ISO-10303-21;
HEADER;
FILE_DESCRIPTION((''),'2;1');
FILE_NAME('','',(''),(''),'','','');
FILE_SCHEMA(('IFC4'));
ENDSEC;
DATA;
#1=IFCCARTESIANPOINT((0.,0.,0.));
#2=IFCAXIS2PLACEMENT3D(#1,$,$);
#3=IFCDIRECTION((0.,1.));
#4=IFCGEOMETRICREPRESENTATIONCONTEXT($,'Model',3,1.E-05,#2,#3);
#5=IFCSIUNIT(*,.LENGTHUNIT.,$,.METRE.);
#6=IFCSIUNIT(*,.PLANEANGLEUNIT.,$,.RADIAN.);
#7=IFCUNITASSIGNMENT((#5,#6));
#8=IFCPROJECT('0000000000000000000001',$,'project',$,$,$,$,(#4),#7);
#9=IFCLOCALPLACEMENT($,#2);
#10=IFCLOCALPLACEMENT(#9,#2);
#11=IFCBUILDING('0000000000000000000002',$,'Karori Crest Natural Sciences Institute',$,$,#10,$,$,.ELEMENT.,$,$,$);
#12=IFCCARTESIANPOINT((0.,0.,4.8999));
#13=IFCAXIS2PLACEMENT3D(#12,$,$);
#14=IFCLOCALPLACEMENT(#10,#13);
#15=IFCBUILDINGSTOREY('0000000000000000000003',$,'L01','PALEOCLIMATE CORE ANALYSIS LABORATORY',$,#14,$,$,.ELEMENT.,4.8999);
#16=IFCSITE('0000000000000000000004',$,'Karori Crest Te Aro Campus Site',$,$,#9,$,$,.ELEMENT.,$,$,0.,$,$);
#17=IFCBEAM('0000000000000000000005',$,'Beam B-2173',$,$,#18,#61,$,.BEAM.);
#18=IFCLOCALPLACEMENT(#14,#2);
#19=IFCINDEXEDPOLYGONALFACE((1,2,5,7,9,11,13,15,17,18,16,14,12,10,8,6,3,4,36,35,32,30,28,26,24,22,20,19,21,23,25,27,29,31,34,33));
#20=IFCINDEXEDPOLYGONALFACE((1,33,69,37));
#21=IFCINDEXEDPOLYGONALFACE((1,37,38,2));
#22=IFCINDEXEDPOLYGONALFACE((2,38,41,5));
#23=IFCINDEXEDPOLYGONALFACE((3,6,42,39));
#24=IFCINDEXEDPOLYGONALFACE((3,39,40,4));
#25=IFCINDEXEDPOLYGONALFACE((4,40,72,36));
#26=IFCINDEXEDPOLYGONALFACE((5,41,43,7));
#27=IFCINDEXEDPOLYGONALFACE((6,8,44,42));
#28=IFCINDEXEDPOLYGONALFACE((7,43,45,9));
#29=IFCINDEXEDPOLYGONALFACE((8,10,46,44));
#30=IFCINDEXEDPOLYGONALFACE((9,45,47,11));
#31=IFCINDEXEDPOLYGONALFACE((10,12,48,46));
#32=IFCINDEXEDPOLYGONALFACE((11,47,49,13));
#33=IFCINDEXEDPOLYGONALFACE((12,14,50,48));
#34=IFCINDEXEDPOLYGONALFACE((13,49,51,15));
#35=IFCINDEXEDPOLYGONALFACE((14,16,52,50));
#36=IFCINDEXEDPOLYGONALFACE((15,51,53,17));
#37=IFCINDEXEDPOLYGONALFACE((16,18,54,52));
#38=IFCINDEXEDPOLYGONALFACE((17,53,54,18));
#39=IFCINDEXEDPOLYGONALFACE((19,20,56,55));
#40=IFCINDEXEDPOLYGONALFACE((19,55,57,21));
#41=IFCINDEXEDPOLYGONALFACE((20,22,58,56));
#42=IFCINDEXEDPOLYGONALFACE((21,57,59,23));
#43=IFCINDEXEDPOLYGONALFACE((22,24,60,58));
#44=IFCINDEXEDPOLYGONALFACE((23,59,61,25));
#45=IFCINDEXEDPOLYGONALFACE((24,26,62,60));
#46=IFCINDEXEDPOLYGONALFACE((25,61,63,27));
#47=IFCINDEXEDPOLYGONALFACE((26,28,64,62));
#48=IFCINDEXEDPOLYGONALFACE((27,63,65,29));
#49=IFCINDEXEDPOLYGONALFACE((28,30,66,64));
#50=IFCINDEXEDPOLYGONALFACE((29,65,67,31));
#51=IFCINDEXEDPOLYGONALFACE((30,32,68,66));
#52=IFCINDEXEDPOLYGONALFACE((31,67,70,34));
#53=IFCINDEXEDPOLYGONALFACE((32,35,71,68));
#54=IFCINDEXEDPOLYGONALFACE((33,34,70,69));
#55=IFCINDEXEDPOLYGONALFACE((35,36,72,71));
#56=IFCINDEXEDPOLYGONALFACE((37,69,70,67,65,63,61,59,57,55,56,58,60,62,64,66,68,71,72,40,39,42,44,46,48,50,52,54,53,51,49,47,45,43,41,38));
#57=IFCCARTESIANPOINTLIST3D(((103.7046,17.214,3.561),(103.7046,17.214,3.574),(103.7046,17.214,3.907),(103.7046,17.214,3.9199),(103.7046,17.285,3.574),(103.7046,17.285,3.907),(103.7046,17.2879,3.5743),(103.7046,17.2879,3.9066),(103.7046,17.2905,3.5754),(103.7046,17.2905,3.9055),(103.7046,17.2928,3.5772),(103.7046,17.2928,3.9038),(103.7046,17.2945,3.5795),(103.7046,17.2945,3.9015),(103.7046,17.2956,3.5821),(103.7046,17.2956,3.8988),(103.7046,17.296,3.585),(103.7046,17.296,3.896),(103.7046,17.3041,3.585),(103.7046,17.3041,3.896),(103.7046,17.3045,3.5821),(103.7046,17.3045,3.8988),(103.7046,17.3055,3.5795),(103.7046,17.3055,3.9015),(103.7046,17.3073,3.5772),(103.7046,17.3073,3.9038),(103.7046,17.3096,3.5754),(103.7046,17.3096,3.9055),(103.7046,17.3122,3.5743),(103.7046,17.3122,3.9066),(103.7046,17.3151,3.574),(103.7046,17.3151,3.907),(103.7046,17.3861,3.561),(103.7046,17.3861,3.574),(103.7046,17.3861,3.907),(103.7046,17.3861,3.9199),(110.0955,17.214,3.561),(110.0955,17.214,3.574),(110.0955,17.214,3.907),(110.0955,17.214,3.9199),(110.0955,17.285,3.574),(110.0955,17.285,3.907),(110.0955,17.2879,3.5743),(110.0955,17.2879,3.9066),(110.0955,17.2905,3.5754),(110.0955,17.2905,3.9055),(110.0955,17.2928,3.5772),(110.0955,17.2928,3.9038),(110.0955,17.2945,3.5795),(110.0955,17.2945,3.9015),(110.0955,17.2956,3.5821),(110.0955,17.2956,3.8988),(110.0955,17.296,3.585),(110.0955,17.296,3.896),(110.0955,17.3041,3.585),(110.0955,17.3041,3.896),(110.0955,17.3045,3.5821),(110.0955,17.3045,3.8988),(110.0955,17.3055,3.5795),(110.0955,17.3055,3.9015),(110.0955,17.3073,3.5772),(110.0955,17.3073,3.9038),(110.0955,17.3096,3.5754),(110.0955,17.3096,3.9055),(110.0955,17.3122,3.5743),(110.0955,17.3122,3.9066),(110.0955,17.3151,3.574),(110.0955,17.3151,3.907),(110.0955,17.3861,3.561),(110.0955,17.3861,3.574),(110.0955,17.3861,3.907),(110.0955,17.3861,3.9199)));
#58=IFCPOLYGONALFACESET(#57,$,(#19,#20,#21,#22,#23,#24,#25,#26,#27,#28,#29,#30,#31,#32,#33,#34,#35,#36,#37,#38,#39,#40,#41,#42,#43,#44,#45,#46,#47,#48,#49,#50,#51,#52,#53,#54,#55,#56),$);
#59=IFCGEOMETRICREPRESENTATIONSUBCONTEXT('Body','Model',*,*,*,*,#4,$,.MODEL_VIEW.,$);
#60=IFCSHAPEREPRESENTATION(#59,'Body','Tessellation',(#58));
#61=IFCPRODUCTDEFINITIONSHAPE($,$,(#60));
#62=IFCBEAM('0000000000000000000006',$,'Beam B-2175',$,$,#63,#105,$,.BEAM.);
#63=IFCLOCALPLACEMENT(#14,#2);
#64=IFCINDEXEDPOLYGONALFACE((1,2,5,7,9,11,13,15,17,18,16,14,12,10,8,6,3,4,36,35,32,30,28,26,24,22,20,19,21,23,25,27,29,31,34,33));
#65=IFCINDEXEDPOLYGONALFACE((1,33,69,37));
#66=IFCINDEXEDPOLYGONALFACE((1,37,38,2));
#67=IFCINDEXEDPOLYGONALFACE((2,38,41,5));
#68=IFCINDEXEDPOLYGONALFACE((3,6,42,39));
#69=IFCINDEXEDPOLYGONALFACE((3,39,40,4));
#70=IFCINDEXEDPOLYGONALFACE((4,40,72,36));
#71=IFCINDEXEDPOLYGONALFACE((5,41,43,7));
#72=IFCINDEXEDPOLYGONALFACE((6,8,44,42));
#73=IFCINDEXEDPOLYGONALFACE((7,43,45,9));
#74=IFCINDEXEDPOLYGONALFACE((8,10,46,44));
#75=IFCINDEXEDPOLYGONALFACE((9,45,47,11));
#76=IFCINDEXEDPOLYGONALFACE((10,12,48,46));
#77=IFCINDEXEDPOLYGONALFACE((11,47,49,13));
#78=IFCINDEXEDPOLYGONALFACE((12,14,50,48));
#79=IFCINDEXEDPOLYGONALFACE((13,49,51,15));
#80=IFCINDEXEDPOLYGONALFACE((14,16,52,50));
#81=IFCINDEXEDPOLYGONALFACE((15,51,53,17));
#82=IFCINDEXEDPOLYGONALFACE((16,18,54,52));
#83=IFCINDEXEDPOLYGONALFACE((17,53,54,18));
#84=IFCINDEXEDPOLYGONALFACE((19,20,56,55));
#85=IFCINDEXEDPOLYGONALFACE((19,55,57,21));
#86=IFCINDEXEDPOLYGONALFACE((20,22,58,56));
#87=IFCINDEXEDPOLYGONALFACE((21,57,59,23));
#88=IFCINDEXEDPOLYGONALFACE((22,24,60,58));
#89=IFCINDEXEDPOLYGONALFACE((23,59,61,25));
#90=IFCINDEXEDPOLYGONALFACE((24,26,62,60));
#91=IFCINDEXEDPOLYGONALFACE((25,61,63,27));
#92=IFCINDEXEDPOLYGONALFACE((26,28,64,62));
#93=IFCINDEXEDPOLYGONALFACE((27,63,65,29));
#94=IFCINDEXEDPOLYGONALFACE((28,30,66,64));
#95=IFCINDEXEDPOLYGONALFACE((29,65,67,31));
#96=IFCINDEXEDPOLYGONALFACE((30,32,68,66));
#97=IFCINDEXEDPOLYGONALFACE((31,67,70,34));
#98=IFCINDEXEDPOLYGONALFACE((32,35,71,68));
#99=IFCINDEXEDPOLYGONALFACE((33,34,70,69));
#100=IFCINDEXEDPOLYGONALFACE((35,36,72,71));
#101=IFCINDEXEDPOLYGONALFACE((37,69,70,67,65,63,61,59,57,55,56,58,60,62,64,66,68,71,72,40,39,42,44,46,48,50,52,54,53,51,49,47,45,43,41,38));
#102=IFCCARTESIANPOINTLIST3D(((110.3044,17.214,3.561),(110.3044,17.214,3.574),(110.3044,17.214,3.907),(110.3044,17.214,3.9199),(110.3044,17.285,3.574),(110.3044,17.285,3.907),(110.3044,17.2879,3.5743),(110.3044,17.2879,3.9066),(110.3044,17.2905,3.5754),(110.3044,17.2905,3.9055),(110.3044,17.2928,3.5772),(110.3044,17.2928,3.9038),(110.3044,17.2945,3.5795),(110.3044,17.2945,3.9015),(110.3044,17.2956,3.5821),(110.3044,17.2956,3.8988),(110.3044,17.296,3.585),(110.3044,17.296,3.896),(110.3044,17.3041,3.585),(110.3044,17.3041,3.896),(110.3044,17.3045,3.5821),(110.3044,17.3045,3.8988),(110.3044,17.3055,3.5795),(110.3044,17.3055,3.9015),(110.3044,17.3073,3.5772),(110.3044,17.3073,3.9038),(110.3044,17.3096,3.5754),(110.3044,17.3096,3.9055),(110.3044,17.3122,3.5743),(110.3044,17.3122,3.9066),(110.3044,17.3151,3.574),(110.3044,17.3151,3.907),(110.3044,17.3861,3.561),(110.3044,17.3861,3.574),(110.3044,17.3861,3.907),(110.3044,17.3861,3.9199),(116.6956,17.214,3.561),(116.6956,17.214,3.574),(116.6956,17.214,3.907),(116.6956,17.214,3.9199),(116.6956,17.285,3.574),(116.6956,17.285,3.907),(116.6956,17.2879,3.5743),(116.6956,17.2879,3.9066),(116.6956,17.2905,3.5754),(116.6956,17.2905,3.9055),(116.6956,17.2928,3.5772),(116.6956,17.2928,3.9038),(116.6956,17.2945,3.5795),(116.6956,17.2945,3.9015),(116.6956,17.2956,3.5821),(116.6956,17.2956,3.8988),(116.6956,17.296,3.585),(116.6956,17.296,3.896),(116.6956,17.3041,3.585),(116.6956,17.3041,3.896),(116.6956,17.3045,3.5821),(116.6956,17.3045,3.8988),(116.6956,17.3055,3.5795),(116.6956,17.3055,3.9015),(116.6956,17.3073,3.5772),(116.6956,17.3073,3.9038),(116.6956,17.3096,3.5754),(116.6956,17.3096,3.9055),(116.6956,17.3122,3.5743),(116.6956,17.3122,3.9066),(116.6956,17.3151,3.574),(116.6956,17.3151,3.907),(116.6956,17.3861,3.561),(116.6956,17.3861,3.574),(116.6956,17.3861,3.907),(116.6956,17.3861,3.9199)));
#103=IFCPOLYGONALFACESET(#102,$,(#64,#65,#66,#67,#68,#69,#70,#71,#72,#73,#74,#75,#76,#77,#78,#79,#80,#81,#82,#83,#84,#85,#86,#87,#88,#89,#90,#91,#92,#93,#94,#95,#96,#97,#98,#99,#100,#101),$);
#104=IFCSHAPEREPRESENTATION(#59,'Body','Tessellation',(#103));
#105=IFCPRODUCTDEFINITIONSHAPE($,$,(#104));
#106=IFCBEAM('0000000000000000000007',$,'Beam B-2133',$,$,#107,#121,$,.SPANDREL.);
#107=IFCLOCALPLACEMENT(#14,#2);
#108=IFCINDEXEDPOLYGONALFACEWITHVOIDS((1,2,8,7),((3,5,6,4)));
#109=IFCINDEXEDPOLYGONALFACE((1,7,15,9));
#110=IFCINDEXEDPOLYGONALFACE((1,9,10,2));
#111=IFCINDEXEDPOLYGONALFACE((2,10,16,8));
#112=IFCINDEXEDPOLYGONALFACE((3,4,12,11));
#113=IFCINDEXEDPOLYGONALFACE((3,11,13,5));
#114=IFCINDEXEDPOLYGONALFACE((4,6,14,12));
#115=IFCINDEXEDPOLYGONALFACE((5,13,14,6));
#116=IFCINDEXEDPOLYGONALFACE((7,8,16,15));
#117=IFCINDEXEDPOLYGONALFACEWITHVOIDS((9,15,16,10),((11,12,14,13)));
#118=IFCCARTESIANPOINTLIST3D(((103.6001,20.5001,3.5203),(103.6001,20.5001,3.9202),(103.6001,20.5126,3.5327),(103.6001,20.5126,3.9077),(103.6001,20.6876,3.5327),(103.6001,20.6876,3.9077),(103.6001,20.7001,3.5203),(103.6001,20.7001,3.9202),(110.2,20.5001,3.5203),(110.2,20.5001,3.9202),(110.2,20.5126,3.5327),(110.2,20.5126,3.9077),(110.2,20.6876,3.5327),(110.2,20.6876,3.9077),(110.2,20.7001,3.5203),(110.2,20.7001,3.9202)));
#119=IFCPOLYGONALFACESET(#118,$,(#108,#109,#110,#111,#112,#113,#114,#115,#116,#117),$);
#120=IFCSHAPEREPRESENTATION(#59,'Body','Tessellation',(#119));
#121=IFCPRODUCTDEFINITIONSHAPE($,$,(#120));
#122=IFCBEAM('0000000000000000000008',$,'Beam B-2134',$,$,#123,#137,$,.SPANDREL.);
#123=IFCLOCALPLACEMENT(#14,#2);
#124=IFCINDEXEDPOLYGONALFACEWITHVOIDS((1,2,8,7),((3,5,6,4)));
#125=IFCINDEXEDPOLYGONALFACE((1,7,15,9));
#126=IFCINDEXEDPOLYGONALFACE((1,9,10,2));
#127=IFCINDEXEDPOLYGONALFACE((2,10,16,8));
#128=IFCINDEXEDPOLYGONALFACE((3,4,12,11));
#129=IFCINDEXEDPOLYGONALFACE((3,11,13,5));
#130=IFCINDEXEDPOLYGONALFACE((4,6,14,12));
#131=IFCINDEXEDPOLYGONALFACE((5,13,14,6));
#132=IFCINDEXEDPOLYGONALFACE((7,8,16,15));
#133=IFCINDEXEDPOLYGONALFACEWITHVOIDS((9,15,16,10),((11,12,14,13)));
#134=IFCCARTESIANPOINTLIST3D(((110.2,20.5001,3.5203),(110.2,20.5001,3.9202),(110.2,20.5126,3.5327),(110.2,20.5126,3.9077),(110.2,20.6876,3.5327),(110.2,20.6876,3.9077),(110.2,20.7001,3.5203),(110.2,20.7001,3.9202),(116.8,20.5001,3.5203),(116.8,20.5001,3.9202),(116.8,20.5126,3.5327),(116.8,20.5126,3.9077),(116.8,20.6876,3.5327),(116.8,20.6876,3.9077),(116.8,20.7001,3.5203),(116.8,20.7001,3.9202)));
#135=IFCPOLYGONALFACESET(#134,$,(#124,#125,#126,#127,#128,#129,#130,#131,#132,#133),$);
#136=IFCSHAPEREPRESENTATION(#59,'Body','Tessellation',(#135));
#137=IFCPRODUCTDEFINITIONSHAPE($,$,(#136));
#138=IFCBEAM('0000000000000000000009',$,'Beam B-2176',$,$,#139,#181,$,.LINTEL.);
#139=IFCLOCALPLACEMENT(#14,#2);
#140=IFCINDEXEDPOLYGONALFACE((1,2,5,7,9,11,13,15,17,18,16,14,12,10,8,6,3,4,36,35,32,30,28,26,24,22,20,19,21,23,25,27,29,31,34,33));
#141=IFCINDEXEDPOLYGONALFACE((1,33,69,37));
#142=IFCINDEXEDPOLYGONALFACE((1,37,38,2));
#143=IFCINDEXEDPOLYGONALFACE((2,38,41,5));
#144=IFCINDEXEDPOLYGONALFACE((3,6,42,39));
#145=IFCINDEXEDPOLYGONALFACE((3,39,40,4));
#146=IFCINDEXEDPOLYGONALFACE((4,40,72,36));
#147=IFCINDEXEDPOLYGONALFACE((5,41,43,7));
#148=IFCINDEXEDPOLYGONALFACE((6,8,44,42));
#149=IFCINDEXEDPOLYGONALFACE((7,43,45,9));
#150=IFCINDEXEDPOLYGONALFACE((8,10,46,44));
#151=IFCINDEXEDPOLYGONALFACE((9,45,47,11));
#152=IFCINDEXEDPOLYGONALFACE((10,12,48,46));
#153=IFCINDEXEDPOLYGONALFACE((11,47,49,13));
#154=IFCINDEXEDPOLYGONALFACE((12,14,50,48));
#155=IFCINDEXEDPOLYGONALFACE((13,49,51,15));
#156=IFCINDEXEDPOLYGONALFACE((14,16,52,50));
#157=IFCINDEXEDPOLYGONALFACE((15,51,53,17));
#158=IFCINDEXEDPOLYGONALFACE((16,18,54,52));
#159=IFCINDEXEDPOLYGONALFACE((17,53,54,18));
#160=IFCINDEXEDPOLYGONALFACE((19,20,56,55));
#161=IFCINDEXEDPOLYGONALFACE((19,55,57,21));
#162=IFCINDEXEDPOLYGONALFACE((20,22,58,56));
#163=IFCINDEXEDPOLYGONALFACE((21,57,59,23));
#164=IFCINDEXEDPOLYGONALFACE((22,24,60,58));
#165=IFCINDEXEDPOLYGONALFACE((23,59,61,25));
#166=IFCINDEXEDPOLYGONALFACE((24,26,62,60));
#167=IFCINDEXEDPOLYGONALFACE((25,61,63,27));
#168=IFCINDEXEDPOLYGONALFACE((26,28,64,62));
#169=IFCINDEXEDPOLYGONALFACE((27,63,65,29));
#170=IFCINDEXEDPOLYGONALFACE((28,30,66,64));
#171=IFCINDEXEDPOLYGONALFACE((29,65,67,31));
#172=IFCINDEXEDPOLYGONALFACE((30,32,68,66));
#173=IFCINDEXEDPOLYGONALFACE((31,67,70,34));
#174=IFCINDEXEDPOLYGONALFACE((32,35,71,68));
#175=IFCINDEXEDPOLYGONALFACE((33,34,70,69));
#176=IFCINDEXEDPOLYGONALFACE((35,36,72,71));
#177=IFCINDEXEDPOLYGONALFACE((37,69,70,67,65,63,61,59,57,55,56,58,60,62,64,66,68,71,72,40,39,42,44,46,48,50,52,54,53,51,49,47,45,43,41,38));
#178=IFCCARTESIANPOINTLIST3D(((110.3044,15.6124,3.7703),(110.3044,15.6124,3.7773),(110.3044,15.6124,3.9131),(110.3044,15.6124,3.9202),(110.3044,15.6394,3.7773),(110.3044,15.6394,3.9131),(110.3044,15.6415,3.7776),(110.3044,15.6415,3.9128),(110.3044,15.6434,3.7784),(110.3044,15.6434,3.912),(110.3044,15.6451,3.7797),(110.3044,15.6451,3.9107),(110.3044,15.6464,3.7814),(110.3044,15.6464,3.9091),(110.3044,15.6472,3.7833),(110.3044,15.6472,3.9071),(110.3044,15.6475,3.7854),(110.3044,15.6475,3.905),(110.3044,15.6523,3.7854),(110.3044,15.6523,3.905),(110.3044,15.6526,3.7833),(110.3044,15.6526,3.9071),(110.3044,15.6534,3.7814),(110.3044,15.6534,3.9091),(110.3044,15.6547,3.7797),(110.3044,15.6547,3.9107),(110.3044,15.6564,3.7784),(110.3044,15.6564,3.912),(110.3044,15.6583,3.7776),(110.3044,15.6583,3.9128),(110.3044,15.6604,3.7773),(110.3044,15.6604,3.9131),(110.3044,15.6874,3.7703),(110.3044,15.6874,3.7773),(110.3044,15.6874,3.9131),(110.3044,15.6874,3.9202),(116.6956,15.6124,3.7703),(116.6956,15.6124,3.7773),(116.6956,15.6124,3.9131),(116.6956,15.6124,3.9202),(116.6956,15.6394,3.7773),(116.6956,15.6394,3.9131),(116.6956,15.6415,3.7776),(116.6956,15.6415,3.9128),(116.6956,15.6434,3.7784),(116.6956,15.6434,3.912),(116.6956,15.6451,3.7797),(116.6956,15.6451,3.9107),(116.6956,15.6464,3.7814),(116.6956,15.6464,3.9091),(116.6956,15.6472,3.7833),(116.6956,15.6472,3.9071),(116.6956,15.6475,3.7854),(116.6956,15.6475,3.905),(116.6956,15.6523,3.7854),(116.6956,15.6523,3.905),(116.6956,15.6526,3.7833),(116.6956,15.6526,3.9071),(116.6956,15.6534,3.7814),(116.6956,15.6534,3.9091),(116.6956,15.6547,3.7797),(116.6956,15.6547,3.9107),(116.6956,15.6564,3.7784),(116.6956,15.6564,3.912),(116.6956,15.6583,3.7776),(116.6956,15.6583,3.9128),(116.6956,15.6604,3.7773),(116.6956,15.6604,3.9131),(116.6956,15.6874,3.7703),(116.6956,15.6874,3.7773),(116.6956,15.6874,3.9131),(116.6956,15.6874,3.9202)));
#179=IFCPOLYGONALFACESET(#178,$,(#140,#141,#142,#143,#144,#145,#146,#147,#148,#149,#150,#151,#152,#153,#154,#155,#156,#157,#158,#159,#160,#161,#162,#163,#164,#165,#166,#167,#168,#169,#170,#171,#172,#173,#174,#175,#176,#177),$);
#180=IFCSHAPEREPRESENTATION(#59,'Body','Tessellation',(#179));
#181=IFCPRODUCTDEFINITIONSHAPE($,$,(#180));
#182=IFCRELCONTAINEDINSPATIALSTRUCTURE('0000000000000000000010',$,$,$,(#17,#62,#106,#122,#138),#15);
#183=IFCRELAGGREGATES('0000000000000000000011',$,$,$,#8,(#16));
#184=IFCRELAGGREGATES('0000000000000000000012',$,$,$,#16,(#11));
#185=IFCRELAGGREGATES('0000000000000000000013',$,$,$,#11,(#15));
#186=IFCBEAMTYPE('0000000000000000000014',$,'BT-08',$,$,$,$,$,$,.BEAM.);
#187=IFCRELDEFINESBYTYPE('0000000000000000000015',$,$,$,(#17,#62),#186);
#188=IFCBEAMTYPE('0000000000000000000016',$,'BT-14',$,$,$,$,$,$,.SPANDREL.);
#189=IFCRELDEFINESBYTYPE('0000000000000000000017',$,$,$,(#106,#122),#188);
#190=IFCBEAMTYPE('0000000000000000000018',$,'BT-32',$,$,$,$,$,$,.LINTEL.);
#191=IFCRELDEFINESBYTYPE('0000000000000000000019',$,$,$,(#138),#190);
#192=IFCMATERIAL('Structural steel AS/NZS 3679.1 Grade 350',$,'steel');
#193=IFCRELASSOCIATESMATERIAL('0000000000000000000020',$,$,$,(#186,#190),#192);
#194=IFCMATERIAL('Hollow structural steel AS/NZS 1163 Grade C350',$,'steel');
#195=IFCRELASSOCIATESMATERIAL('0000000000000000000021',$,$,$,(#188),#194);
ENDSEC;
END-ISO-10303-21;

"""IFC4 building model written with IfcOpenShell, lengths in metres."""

from ifc_helpers import new_model, si_unit, direction, frame, origin, origin_2d, place, context, subcontext, project, spatial, hollow_rectangle, i_section, extrude, material, material_profile, profile_set, type_object, element, save


model = new_model("IFC4")

# Units and contexts
model_context = context("Model", 3, precision=1e-05, world=origin(), true_north=direction((0.0, 1.0)))
body_context = subcontext(model_context, "Body", "Model", "MODEL_VIEW")
ifc_project = project(units=[si_unit("LENGTHUNIT", "METRE"), si_unit("PLANEANGLEUNIT", "RADIAN")], contexts=[model_context])

# Site, building, storey
site_placement = place(None, origin())
site = spatial("IfcSite", under=ifc_project, at=site_placement, Name="Karori Crest Te Aro Campus Site", CompositionType="ELEMENT", RefElevation=0.0)
building_placement = place(site_placement, origin())
building = spatial("IfcBuilding", under=site, at=building_placement, Name="Karori Crest Natural Sciences Institute", CompositionType="ELEMENT")
storey_placement = place(building_placement, frame((0.0, 0.0, 4.8999)))
storey = spatial("IfcBuildingStorey", under=building, at=storey_placement, Name="L01", Description="PALEOCLIMATE CORE ANALYSIS LABORATORY", CompositionType="ELEMENT", Elevation=4.8999)

# Shared definitions
ifc_material_1 = material(Name="Structural steel AS/NZS 3679.1 Grade 350", Category="steel")

# Beams
ifc_material_profile_1 = material_profile(ifc_material_1, i_section(OverallWidth=0.1721, OverallDepth=0.3589, WebThickness=0.0081, FlangeThickness=0.0129, FilletRadius=0.011, at=origin_2d()), Name="360UB56.7")
ifc_profile_set_1 = profile_set([ifc_material_profile_1], Name="Structural steel AS/NZS 3679.1 Grade 350")
beam_type_1 = type_object("IfcBeamType", Name="BT-08", PredefinedType="BEAM", material=ifc_profile_set_1)
beam_1_placement = place(storey_placement, frame((103.7046, 17.3, 3.7405), z_axis=(1.0, 0.0, 0.0), x_axis=(0.0, 1.0, 0.0)))
element("IfcBeam", 1, at=beam_1_placement, inside=storey, type_object=beam_type_1, Name="Beam B-2173", PredefinedType="BEAM", context=body_context, shape_type="SweptSolid", body=[
    extrude(i_section(OverallWidth=0.1721, OverallDepth=0.3589, WebThickness=0.0081, FlangeThickness=0.0129, FilletRadius=0.011, at=origin_2d()), origin(), (0.0, 0.0, 1.0), 6.3909),
])
beam_2_placement = place(storey_placement, frame((110.3044, 17.3, 3.7405), z_axis=(1.0, 0.0, 0.0), x_axis=(0.0, 1.0, 0.0)))
element("IfcBeam", 2, at=beam_2_placement, inside=storey, type_object=beam_type_1, Name="Beam B-2175", PredefinedType="BEAM", context=body_context, shape_type="SweptSolid", body=[
    extrude(i_section(OverallWidth=0.1721, OverallDepth=0.3589, WebThickness=0.0081, FlangeThickness=0.0129, FilletRadius=0.011, at=origin_2d()), origin(), (0.0, 0.0, 1.0), 6.3911),
])
ifc_material_2 = material(Name="Hollow structural steel AS/NZS 1163 Grade C350", Category="steel")
ifc_material_profile_2 = material_profile(ifc_material_2, hollow_rectangle(XDim=0.2, YDim=0.3999, WallThickness=0.0125, at=origin_2d()), Name="RHS400x200x12.5")
ifc_profile_set_2 = profile_set([ifc_material_profile_2], Name="Hollow structural steel AS/NZS 1163 Grade C350")
beam_type_2 = type_object("IfcBeamType", Name="BT-14", PredefinedType="SPANDREL", material=ifc_profile_set_2)
beam_3_placement = place(storey_placement, frame((103.6001, 20.6001, 3.7202), z_axis=(1.0, 0.0, 0.0), x_axis=(0.0, 1.0, 0.0)))
element("IfcBeam", 3, at=beam_3_placement, inside=storey, type_object=beam_type_2, Name="Beam B-2133", PredefinedType="SPANDREL", context=body_context, shape_type="SweptSolid", body=[
    extrude(hollow_rectangle(XDim=0.2, YDim=0.3999, WallThickness=0.0125, at=origin_2d()), origin(), (0.0, 0.0, 1.0), 6.5999),
])
beam_4_placement = place(storey_placement, frame((110.2, 20.6001, 3.7202), z_axis=(1.0, 0.0, 0.0), x_axis=(0.0, 1.0, 0.0)))
element("IfcBeam", 4, at=beam_4_placement, inside=storey, type_object=beam_type_2, Name="Beam B-2134", PredefinedType="SPANDREL", context=body_context, shape_type="SweptSolid", body=[
    extrude(hollow_rectangle(XDim=0.2, YDim=0.3999, WallThickness=0.0125, at=origin_2d()), origin(), (0.0, 0.0, 1.0), 6.6001),
])
ifc_material_profile_3 = material_profile(ifc_material_1, i_section(OverallWidth=0.075, OverallDepth=0.1499, WebThickness=0.0049, FlangeThickness=0.0071, FilletRadius=0.0081, at=origin_2d()), Name="150UB14.0")
ifc_profile_set_3 = profile_set([ifc_material_profile_3], Name="Structural steel AS/NZS 3679.1 Grade 350")
beam_type_3 = type_object("IfcBeamType", Name="BT-32", PredefinedType="LINTEL", material=ifc_profile_set_3)
beam_5_placement = place(storey_placement, frame((110.3044, 15.6499, 3.8452), z_axis=(1.0, 0.0, 0.0), x_axis=(0.0, 1.0, 0.0)))
element("IfcBeam", 5, at=beam_5_placement, inside=storey, type_object=beam_type_3, Name="Beam B-2176", PredefinedType="LINTEL", context=body_context, shape_type="SweptSolid", body=[
    extrude(i_section(OverallWidth=0.075, OverallDepth=0.1499, WebThickness=0.0049, FlangeThickness=0.0071, FilletRadius=0.0081, at=origin_2d()), origin(), (0.0, 0.0, 1.0), 6.3911),
])

save(model, "model.ifc")
